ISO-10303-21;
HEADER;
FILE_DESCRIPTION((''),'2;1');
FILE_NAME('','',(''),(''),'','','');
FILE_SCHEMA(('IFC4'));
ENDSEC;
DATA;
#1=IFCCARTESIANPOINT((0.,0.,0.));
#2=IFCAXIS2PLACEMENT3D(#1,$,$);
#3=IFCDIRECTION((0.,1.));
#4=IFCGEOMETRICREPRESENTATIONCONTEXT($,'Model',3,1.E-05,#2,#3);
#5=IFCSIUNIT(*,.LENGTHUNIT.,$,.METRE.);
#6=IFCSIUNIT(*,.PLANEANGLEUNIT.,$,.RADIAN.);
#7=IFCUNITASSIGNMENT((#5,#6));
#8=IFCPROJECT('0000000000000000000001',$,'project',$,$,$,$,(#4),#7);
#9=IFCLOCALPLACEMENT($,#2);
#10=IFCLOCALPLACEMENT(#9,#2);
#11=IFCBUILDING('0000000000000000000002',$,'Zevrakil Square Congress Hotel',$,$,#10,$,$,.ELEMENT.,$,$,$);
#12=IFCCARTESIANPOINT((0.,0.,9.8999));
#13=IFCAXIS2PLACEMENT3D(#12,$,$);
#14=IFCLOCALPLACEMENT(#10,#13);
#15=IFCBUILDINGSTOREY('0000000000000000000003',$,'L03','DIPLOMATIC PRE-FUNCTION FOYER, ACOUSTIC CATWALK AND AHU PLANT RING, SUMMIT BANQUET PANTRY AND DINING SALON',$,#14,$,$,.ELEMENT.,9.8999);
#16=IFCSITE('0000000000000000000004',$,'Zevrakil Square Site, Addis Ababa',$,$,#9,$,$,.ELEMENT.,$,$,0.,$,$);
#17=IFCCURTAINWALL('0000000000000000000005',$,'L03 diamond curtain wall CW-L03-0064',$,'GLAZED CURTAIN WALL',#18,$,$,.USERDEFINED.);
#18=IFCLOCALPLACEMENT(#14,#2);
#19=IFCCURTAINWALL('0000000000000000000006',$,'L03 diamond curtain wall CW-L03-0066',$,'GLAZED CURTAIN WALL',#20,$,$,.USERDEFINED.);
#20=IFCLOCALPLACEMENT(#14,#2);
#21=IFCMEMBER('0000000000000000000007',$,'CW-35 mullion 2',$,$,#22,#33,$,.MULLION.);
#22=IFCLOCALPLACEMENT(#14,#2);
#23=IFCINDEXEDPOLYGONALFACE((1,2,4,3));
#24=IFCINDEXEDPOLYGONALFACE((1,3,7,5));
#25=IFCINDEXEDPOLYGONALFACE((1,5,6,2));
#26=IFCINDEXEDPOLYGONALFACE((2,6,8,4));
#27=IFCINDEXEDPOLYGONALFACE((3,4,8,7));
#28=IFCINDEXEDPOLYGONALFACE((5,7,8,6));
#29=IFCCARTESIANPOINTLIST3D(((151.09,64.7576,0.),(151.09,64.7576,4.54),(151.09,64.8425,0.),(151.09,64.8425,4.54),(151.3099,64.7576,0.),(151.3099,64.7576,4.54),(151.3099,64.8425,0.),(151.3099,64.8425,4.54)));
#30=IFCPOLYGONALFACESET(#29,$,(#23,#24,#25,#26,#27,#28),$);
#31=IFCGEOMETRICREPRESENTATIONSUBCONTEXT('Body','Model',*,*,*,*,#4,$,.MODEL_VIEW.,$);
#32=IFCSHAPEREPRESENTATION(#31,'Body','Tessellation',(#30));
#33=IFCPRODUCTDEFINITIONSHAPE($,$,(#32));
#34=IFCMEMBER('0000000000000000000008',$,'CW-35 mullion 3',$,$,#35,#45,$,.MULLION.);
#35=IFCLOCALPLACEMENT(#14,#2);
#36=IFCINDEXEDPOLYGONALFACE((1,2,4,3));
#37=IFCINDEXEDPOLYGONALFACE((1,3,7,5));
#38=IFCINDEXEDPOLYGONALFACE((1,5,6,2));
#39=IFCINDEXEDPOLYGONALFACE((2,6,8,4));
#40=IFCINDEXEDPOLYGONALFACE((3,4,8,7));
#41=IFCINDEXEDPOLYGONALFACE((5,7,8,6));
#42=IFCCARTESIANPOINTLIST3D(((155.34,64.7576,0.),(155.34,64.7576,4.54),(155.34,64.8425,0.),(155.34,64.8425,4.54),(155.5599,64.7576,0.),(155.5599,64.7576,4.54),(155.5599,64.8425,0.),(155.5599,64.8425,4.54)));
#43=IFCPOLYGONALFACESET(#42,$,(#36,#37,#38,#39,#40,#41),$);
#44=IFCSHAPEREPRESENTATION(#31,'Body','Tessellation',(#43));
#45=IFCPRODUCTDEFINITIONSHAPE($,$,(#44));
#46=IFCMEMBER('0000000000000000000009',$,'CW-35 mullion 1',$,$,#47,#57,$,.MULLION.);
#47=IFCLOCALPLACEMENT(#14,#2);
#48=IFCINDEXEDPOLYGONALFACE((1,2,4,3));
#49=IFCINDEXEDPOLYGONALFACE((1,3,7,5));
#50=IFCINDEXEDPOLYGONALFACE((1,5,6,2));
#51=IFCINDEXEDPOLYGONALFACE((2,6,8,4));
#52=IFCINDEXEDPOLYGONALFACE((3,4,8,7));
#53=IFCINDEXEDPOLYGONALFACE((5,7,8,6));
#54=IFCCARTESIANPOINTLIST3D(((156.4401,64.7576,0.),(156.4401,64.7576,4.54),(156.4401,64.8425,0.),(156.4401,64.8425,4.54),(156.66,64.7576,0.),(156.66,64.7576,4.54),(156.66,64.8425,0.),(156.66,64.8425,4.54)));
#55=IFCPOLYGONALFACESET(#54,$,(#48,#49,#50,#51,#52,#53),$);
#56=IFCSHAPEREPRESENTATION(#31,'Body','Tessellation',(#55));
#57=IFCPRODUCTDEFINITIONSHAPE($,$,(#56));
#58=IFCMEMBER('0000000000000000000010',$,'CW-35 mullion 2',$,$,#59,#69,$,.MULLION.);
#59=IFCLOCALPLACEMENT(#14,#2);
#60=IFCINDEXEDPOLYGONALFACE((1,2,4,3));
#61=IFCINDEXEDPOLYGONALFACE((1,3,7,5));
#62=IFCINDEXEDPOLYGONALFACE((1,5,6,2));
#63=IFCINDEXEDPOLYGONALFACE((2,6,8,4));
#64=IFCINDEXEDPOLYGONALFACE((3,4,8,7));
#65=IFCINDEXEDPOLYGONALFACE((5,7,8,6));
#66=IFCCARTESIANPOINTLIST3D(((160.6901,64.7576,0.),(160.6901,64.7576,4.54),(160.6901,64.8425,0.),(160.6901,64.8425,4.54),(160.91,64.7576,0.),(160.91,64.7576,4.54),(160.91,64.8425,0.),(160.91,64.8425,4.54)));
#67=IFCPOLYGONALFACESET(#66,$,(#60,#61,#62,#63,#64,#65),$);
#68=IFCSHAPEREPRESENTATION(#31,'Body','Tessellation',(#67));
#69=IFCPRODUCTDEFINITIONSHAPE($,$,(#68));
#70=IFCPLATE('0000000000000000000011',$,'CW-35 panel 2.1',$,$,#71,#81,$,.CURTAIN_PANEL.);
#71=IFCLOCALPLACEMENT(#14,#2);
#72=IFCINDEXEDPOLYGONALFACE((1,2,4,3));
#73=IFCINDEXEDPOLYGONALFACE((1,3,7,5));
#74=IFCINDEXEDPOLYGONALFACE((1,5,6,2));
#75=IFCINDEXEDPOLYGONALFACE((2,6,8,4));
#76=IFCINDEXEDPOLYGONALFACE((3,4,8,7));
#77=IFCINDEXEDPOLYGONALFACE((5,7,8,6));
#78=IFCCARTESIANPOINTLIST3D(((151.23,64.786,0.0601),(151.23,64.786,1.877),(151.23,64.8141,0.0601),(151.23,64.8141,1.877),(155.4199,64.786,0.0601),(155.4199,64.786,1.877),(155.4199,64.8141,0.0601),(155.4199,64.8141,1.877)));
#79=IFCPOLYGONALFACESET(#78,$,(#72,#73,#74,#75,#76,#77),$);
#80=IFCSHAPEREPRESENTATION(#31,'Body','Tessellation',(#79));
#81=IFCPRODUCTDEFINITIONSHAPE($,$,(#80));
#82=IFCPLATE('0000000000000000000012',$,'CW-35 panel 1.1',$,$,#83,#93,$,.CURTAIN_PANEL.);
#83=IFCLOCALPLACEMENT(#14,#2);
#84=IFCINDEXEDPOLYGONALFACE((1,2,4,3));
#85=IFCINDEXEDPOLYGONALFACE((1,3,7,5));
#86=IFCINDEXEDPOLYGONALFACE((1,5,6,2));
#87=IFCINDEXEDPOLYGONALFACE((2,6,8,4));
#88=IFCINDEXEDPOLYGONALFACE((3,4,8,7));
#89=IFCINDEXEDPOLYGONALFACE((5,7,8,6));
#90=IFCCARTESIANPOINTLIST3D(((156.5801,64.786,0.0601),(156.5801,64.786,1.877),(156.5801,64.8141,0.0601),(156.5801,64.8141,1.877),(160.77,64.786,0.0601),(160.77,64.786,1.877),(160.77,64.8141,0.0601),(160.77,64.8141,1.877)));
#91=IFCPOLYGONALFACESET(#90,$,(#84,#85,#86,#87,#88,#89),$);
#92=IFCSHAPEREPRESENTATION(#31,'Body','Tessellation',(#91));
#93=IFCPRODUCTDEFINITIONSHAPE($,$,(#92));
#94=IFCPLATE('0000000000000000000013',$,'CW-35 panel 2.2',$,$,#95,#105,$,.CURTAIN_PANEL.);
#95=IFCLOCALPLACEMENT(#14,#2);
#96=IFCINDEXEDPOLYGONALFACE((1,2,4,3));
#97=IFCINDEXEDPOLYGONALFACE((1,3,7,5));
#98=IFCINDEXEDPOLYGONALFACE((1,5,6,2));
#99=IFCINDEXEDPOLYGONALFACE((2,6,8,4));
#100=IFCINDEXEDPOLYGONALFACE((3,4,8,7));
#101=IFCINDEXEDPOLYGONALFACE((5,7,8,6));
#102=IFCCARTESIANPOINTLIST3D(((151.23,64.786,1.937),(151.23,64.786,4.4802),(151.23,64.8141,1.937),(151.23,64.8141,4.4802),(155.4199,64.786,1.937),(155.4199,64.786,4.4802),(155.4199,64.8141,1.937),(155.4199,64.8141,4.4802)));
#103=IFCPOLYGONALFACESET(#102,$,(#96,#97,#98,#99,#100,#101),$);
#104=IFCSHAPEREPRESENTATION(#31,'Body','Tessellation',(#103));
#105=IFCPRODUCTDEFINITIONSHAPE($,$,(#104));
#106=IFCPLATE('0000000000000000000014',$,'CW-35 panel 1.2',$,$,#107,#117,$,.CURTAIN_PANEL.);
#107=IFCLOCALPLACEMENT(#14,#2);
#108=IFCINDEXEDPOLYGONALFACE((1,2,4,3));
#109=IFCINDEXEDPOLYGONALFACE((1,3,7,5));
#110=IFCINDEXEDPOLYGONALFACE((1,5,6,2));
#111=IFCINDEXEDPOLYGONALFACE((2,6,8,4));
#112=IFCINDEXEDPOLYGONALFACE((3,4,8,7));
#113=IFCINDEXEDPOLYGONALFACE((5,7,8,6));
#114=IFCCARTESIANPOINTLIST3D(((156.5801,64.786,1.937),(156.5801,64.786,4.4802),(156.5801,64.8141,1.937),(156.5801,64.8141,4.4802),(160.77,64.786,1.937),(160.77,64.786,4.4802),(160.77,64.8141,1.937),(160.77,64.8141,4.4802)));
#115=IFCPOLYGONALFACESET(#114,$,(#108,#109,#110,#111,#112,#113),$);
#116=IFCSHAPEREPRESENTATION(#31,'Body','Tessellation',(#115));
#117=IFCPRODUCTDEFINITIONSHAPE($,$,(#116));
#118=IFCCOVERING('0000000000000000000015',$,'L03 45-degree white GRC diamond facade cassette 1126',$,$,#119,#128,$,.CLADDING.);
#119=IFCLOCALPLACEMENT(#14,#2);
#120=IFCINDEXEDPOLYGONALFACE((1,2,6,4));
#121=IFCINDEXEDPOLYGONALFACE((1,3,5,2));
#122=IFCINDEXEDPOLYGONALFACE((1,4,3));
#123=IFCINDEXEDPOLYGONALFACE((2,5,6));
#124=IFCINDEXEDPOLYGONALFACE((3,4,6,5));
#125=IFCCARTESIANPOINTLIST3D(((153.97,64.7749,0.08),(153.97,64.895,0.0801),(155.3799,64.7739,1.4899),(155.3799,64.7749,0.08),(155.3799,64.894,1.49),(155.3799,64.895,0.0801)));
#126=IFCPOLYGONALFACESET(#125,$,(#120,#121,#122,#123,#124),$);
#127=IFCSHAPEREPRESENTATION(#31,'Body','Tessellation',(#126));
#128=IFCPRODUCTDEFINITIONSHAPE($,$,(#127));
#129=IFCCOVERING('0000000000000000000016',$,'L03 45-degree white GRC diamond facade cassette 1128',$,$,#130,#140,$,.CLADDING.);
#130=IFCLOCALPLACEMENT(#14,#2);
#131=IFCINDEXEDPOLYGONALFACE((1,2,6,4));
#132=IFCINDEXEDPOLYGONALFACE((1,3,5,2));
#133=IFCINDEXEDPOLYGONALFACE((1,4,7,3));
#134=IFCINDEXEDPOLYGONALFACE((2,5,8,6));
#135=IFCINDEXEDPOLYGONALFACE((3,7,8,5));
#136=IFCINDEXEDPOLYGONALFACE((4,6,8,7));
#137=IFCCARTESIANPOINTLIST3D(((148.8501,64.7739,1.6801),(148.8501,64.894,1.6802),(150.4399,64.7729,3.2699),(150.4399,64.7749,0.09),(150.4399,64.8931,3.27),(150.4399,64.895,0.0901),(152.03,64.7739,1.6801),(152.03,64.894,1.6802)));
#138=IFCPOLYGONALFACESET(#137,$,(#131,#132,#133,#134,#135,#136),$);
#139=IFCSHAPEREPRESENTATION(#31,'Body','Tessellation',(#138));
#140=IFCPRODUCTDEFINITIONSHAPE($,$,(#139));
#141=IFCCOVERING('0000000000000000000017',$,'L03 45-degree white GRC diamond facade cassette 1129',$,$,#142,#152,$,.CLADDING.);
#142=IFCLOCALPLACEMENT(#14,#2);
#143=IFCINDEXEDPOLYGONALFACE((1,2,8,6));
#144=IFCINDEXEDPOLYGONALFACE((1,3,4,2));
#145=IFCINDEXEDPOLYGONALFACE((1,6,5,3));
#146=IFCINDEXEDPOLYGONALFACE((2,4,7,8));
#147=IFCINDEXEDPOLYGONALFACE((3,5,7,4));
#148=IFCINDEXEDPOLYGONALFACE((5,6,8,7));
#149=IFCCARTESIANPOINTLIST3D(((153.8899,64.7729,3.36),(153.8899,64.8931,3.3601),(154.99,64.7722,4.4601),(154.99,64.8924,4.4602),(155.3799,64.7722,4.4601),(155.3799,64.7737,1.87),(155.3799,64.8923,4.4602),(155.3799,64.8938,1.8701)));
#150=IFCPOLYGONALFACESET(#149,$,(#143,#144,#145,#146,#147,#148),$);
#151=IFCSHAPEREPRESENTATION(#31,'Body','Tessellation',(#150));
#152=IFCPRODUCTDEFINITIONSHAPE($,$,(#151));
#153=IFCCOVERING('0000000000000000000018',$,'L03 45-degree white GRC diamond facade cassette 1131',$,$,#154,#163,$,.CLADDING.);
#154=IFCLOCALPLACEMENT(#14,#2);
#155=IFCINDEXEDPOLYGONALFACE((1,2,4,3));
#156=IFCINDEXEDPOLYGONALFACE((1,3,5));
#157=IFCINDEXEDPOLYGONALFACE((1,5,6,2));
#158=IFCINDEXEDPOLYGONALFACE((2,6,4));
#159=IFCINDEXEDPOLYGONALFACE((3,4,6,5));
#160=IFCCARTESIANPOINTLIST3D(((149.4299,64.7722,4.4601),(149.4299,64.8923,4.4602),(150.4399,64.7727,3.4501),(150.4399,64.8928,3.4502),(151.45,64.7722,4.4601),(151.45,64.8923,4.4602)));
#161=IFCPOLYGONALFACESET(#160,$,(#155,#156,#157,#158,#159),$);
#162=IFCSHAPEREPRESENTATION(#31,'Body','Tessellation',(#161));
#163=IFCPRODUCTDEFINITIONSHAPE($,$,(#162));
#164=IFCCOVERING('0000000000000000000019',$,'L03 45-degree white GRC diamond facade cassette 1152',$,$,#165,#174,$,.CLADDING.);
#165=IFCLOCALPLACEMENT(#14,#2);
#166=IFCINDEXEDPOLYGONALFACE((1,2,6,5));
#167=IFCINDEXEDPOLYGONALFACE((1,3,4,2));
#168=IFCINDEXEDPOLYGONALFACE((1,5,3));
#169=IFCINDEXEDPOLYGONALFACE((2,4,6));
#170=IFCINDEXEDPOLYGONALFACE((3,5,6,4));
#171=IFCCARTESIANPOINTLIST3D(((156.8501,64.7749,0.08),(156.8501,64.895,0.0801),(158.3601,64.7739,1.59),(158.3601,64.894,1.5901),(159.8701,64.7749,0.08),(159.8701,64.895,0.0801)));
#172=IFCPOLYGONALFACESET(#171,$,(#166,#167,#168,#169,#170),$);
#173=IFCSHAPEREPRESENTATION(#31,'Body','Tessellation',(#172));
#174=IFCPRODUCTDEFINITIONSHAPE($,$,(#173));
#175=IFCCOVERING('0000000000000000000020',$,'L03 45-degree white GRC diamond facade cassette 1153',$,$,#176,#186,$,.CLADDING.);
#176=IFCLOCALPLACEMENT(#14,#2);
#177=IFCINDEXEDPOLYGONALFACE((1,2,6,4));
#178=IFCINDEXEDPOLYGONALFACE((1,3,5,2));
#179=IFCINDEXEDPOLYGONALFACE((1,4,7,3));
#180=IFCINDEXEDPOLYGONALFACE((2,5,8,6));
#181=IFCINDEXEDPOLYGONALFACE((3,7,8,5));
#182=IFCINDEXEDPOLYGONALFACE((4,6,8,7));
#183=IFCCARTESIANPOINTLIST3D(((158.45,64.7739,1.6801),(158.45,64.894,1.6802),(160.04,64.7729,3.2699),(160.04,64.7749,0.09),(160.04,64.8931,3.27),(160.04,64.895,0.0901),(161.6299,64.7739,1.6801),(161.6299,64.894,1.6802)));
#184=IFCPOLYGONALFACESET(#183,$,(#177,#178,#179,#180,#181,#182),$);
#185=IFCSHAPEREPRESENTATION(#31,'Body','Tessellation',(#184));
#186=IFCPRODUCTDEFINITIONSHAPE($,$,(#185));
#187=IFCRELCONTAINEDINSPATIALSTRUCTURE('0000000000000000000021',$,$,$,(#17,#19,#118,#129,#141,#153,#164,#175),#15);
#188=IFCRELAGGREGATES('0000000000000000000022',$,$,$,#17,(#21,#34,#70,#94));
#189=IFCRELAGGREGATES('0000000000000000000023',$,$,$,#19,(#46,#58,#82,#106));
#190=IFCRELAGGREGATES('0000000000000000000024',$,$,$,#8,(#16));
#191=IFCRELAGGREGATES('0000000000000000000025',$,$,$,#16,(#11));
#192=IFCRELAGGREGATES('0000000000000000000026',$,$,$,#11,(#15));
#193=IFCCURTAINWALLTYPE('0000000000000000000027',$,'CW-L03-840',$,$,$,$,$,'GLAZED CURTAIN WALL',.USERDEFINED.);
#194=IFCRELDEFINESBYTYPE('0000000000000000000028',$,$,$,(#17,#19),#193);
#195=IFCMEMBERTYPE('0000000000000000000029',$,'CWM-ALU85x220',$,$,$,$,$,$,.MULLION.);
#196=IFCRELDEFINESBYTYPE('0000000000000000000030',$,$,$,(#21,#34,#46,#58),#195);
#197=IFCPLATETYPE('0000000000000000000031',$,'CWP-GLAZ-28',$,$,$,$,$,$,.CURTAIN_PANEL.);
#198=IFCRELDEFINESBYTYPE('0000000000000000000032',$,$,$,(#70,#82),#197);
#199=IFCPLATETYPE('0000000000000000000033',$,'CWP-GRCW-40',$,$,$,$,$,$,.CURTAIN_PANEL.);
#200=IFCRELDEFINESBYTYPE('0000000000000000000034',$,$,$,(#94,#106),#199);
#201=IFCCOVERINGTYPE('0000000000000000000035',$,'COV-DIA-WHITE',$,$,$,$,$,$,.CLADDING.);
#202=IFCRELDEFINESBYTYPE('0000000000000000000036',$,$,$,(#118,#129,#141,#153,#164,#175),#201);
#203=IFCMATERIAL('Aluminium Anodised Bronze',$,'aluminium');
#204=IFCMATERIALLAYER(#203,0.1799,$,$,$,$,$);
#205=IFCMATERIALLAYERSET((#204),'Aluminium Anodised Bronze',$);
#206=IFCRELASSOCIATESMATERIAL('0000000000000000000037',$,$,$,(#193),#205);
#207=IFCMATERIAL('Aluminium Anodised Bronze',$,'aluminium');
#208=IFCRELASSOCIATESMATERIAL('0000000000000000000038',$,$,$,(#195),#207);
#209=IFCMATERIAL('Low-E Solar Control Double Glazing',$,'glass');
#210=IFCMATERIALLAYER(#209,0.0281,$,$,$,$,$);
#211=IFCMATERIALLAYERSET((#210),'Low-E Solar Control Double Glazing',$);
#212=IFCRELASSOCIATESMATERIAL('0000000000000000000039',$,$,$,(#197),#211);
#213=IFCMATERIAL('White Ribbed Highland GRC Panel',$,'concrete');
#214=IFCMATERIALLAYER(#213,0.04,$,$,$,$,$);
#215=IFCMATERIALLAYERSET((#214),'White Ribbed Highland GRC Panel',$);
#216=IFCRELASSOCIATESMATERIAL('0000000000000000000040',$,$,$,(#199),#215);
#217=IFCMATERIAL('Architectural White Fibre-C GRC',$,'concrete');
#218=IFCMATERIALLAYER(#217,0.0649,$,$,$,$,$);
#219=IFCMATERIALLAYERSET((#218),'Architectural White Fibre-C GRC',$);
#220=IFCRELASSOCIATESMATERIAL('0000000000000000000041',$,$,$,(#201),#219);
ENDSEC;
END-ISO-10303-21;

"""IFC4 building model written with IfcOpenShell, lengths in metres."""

from ifc_helpers import new_model, si_unit, direction, frame, origin, origin_2d, place, context, subcontext, project, spatial, polyline, rectangle, outline, extrude, material, layer, layer_set, material_profile, profile_set, type_object, element, aggregate, save


model = new_model("IFC4")

# Units and contexts
model_context = context("Model", 3, precision=1e-05, world=origin(), true_north=direction((0.0, 1.0)))
body_context = subcontext(model_context, "Body", "Model", "MODEL_VIEW")
ifc_project = project(units=[si_unit("LENGTHUNIT", "METRE"), si_unit("PLANEANGLEUNIT", "RADIAN")], contexts=[model_context])

# Site, building, storey
site_placement = place(None, origin())
site = spatial("IfcSite", under=ifc_project, at=site_placement, Name="Zevrakil Square Site, Addis Ababa", CompositionType="ELEMENT", RefElevation=0.0)
building_placement = place(site_placement, origin())
building = spatial("IfcBuilding", under=site, at=building_placement, Name="Zevrakil Square Congress Hotel", CompositionType="ELEMENT")
storey_placement = place(building_placement, frame((0.0, 0.0, 9.8999)))
storey = spatial("IfcBuildingStorey", under=building, at=storey_placement, Name="L03", Description="DIPLOMATIC PRE-FUNCTION FOYER, ACOUSTIC CATWALK AND AHU PLANT RING, SUMMIT BANQUET PANTRY AND DINING SALON", CompositionType="ELEMENT", Elevation=9.8999)

# Curtain walls
ifc_material_1 = material(Name="Aluminium Anodised Bronze", Category="aluminium")
ifc_layer_1 = layer(ifc_material_1, 0.1799)
ifc_layer_set_1 = layer_set([ifc_layer_1], Name="Aluminium Anodised Bronze")
curtain_wall_type = type_object("IfcCurtainWallType", Name="CW-L03-840", ElementType="GLAZED CURTAIN WALL", PredefinedType="USERDEFINED", material=ifc_layer_set_1)
curtain_wall_1_placement = place(storey_placement, origin())
curtain_wall_1 = element("IfcCurtainWall", 1, at=curtain_wall_1_placement, inside=storey, type_object=curtain_wall_type, Name="L03 diamond curtain wall CW-L03-0064", ObjectType="GLAZED CURTAIN WALL", PredefinedType="USERDEFINED")
curtain_wall_2_placement = place(storey_placement, origin())
curtain_wall_2 = element("IfcCurtainWall", 2, at=curtain_wall_2_placement, inside=storey, type_object=curtain_wall_type, Name="L03 diamond curtain wall CW-L03-0066", ObjectType="GLAZED CURTAIN WALL", PredefinedType="USERDEFINED")

# Members
ifc_material_2 = material(Name="Aluminium Anodised Bronze", Category="aluminium")
ifc_material_profile_1 = material_profile(ifc_material_2, rectangle(XDim=0.085, YDim=0.22, at=origin_2d()), Name="ALU 85x220")
ifc_profile_set_1 = profile_set([ifc_material_profile_1], Name="Aluminium Anodised Bronze")
member_type_1 = type_object("IfcMemberType", Name="CWM-ALU85x220", PredefinedType="MULLION", material=ifc_profile_set_1)
member_1_placement = place(storey_placement, frame((151.2, 64.8, 0.0), z_axis=(0.0, 0.0, 1.0), x_axis=(0.0, 1.0, 0.0)))
member_1 = element("IfcMember", 3, at=member_1_placement, type_object=member_type_1, Name="CW-35 mullion 2", PredefinedType="MULLION", context=body_context, shape_type="SweptSolid", body=[
    extrude(rectangle(XDim=0.085, YDim=0.22, at=origin_2d()), origin(), (0.0, 0.0, 1.0), 4.54),
])
member_2_placement = place(storey_placement, frame((155.45, 64.8, 0.0), z_axis=(0.0, 0.0, 1.0), x_axis=(0.0, 1.0, 0.0)))
member_2 = element("IfcMember", 4, at=member_2_placement, type_object=member_type_1, Name="CW-35 mullion 3", PredefinedType="MULLION", context=body_context, shape_type="SweptSolid", body=[
    extrude(rectangle(XDim=0.085, YDim=0.22, at=origin_2d()), origin(), (0.0, 0.0, 1.0), 4.54),
])
member_3_placement = place(storey_placement, frame((156.55, 64.8, 0.0), z_axis=(0.0, 0.0, 1.0), x_axis=(0.0, 1.0, 0.0)))
member_3 = element("IfcMember", 5, at=member_3_placement, type_object=member_type_1, Name="CW-35 mullion 1", PredefinedType="MULLION", context=body_context, shape_type="SweptSolid", body=[
    extrude(rectangle(XDim=0.085, YDim=0.22, at=origin_2d()), origin(), (0.0, 0.0, 1.0), 4.54),
])
member_4_placement = place(storey_placement, frame((160.8, 64.8, 0.0), z_axis=(0.0, 0.0, 1.0), x_axis=(0.0, 1.0, 0.0)))
member_4 = element("IfcMember", 6, at=member_4_placement, type_object=member_type_1, Name="CW-35 mullion 2", PredefinedType="MULLION", context=body_context, shape_type="SweptSolid", body=[
    extrude(rectangle(XDim=0.085, YDim=0.22, at=origin_2d()), origin(), (0.0, 0.0, 1.0), 4.54),
])

# Plates
ifc_material_3 = material(Name="Low-E Solar Control Double Glazing", Category="glass")
ifc_layer_2 = layer(ifc_material_3, 0.0281)
ifc_layer_set_2 = layer_set([ifc_layer_2], Name="Low-E Solar Control Double Glazing")
plate_type_1 = type_object("IfcPlateType", Name="CWP-GLAZ-28", PredefinedType="CURTAIN_PANEL", material=ifc_layer_set_2)
plate_1_placement = place(storey_placement, frame((153.325, 64.8, 0.0601), z_axis=(0.0, 0.0, 1.0), x_axis=(1.0, 0.0, 0.0)))
plate_1 = element("IfcPlate", 7, at=plate_1_placement, type_object=plate_type_1, Name="CW-35 panel 2.1", PredefinedType="CURTAIN_PANEL", context=body_context, shape_type="SweptSolid", body=[
    extrude(rectangle(XDim=4.1899, YDim=0.0281, at=origin_2d()), origin(), (0.0, 0.0, 1.0), 1.8169),
])
plate_2_placement = place(storey_placement, frame((158.675, 64.8, 0.0601), z_axis=(0.0, 0.0, 1.0), x_axis=(1.0, 0.0, 0.0)))
plate_2 = element("IfcPlate", 8, at=plate_2_placement, type_object=plate_type_1, Name="CW-35 panel 1.1", PredefinedType="CURTAIN_PANEL", context=body_context, shape_type="SweptSolid", body=[
    extrude(rectangle(XDim=4.1899, YDim=0.0281, at=origin_2d()), origin(), (0.0, 0.0, 1.0), 1.8169),
])
ifc_material_4 = material(Name="White Ribbed Highland GRC Panel", Category="concrete")
ifc_layer_3 = layer(ifc_material_4, 0.04)
ifc_layer_set_3 = layer_set([ifc_layer_3], Name="White Ribbed Highland GRC Panel")
plate_type_2 = type_object("IfcPlateType", Name="CWP-GRCW-40", PredefinedType="CURTAIN_PANEL", material=ifc_layer_set_3)
plate_3_placement = place(storey_placement, frame((153.325, 64.8, 1.937), z_axis=(0.0, 0.0, 1.0), x_axis=(1.0, 0.0, 0.0)))
plate_3 = element("IfcPlate", 9, at=plate_3_placement, type_object=plate_type_2, Name="CW-35 panel 2.2", PredefinedType="CURTAIN_PANEL", context=body_context, shape_type="SweptSolid", body=[
    extrude(rectangle(XDim=4.1899, YDim=0.0281, at=origin_2d()), origin(), (0.0, 0.0, 1.0), 2.5432),
])
aggregate(curtain_wall_1, [member_1, member_2, plate_1, plate_3])
plate_4_placement = place(storey_placement, frame((158.675, 64.8, 1.937), z_axis=(0.0, 0.0, 1.0), x_axis=(1.0, 0.0, 0.0)))
plate_4 = element("IfcPlate", 10, at=plate_4_placement, type_object=plate_type_2, Name="CW-35 panel 1.2", PredefinedType="CURTAIN_PANEL", context=body_context, shape_type="SweptSolid", body=[
    extrude(rectangle(XDim=4.1899, YDim=0.0281, at=origin_2d()), origin(), (0.0, 0.0, 1.0), 2.5432),
])
aggregate(curtain_wall_2, [member_3, member_4, plate_2, plate_4])

# Coverings
ifc_material_5 = material(Name="Architectural White Fibre-C GRC", Category="concrete")
ifc_layer_4 = layer(ifc_material_5, 0.0649)
ifc_layer_set_4 = layer_set([ifc_layer_4], Name="Architectural White Fibre-C GRC")
covering_type_1 = type_object("IfcCoveringType", Name="COV-DIA-WHITE", PredefinedType="CLADDING", material=ifc_layer_set_4)
covering_1_placement = place(storey_placement, frame((153.97, 64.895, 0.0801), z_axis=(0.0, 1.0, 0.000693), x_axis=(1.0, 0.0, 0.0)))
element("IfcCovering", 11, at=covering_1_placement, inside=storey, type_object=covering_type_1, Name="L03 45-degree white GRC diamond facade cassette 1126", PredefinedType="CLADDING", context=body_context, shape_type="SweptSolid", body=[
    extrude(outline(polyline([(0.0, 0.0), (1.4099, 0.0), (1.4099, -1.4099), (0.0, 0.0)])), origin(), (0.0, 0.0, -1.0), 0.1201),
])
covering_2_placement = place(storey_placement, frame((150.4399, 64.8931, 3.27), z_axis=(0.0, 1.0, 0.000614), x_axis=(-0.707107, 0.000434, -0.707107)))
element("IfcCovering", 12, at=covering_2_placement, inside=storey, type_object=covering_type_1, Name="L03 45-degree white GRC diamond facade cassette 1128", PredefinedType="CLADDING", context=body_context, shape_type="SweptSolid", body=[
    extrude(outline(polyline([(0.0, 0.0), (2.2484, 0.0), (2.2486, -2.2486), (-0.0002, -2.2486), (0.0, 0.0)])), origin(), (0.0, 0.0, -1.0), 0.1201),
])
covering_3_placement = place(storey_placement, frame((153.8899, 64.8931, 3.3601), z_axis=(0.000067, 1.0, 0.000576), x_axis=(0.707107, 0.00036, -0.707107)))
element("IfcCovering", 13, at=covering_3_placement, inside=storey, type_object=covering_type_1, Name="L03 45-degree white GRC diamond facade cassette 1129", PredefinedType="CLADDING", context=body_context, shape_type="SweptSolid", body=[
    extrude(outline(polyline([(0.0, 0.0), (2.1072, 0.0), (0.2757, -1.8315), (0.0, -1.5558), (0.0, 0.0)])), origin(), (0.0, 0.0, -1.0), 0.1201),
])
covering_4_placement = place(storey_placement, frame((150.4399, 64.8928, 3.4502), z_axis=(0.0, 1.0, 0.000483), x_axis=(0.707107, -0.000342, 0.707107)))
element("IfcCovering", 14, at=covering_4_placement, inside=storey, type_object=covering_type_1, Name="L03 45-degree white GRC diamond facade cassette 1131", PredefinedType="CLADDING", context=body_context, shape_type="SweptSolid", body=[
    extrude(outline(polyline([(0.0, 0.0), (1.4284, 0.0), (0.0, -1.4284), (0.0, 0.0)])), origin(), (0.0, 0.0, -1.0), 0.1201),
])
covering_5_placement = place(storey_placement, frame((158.3601, 64.894, 1.5901), z_axis=(0.0, 1.0, 0.000647), x_axis=(-0.707107, 0.000457, -0.707107)))
element("IfcCovering", 15, at=covering_5_placement, inside=storey, type_object=covering_type_1, Name="L03 45-degree white GRC diamond facade cassette 1152", PredefinedType="CLADDING", context=body_context, shape_type="SweptSolid", body=[
    extrude(outline(polyline([(0.0, 0.0), (2.1355, 0.0), (0.0, -2.1355), (0.0, 0.0)])), origin(), (0.0, 0.0, -1.0), 0.1201),
])
covering_6_placement = place(storey_placement, frame((160.04, 64.8931, 3.27), z_axis=(0.0, 1.0, 0.000614), x_axis=(-0.707161, 0.000434, -0.707052)))
element("IfcCovering", 16, at=covering_6_placement, inside=storey, type_object=covering_type_1, Name="L03 45-degree white GRC diamond facade cassette 1153", PredefinedType="CLADDING", context=body_context, shape_type="SweptSolid", body=[
    extrude(outline(polyline([(0.0, 0.0), (2.2486, 0.0), (2.2484, -2.2487), (-0.0002, -2.2484), (0.0, 0.0)])), origin(), (0.0, 0.0, -1.0), 0.1201),
])

save(model, "model.ifc")
